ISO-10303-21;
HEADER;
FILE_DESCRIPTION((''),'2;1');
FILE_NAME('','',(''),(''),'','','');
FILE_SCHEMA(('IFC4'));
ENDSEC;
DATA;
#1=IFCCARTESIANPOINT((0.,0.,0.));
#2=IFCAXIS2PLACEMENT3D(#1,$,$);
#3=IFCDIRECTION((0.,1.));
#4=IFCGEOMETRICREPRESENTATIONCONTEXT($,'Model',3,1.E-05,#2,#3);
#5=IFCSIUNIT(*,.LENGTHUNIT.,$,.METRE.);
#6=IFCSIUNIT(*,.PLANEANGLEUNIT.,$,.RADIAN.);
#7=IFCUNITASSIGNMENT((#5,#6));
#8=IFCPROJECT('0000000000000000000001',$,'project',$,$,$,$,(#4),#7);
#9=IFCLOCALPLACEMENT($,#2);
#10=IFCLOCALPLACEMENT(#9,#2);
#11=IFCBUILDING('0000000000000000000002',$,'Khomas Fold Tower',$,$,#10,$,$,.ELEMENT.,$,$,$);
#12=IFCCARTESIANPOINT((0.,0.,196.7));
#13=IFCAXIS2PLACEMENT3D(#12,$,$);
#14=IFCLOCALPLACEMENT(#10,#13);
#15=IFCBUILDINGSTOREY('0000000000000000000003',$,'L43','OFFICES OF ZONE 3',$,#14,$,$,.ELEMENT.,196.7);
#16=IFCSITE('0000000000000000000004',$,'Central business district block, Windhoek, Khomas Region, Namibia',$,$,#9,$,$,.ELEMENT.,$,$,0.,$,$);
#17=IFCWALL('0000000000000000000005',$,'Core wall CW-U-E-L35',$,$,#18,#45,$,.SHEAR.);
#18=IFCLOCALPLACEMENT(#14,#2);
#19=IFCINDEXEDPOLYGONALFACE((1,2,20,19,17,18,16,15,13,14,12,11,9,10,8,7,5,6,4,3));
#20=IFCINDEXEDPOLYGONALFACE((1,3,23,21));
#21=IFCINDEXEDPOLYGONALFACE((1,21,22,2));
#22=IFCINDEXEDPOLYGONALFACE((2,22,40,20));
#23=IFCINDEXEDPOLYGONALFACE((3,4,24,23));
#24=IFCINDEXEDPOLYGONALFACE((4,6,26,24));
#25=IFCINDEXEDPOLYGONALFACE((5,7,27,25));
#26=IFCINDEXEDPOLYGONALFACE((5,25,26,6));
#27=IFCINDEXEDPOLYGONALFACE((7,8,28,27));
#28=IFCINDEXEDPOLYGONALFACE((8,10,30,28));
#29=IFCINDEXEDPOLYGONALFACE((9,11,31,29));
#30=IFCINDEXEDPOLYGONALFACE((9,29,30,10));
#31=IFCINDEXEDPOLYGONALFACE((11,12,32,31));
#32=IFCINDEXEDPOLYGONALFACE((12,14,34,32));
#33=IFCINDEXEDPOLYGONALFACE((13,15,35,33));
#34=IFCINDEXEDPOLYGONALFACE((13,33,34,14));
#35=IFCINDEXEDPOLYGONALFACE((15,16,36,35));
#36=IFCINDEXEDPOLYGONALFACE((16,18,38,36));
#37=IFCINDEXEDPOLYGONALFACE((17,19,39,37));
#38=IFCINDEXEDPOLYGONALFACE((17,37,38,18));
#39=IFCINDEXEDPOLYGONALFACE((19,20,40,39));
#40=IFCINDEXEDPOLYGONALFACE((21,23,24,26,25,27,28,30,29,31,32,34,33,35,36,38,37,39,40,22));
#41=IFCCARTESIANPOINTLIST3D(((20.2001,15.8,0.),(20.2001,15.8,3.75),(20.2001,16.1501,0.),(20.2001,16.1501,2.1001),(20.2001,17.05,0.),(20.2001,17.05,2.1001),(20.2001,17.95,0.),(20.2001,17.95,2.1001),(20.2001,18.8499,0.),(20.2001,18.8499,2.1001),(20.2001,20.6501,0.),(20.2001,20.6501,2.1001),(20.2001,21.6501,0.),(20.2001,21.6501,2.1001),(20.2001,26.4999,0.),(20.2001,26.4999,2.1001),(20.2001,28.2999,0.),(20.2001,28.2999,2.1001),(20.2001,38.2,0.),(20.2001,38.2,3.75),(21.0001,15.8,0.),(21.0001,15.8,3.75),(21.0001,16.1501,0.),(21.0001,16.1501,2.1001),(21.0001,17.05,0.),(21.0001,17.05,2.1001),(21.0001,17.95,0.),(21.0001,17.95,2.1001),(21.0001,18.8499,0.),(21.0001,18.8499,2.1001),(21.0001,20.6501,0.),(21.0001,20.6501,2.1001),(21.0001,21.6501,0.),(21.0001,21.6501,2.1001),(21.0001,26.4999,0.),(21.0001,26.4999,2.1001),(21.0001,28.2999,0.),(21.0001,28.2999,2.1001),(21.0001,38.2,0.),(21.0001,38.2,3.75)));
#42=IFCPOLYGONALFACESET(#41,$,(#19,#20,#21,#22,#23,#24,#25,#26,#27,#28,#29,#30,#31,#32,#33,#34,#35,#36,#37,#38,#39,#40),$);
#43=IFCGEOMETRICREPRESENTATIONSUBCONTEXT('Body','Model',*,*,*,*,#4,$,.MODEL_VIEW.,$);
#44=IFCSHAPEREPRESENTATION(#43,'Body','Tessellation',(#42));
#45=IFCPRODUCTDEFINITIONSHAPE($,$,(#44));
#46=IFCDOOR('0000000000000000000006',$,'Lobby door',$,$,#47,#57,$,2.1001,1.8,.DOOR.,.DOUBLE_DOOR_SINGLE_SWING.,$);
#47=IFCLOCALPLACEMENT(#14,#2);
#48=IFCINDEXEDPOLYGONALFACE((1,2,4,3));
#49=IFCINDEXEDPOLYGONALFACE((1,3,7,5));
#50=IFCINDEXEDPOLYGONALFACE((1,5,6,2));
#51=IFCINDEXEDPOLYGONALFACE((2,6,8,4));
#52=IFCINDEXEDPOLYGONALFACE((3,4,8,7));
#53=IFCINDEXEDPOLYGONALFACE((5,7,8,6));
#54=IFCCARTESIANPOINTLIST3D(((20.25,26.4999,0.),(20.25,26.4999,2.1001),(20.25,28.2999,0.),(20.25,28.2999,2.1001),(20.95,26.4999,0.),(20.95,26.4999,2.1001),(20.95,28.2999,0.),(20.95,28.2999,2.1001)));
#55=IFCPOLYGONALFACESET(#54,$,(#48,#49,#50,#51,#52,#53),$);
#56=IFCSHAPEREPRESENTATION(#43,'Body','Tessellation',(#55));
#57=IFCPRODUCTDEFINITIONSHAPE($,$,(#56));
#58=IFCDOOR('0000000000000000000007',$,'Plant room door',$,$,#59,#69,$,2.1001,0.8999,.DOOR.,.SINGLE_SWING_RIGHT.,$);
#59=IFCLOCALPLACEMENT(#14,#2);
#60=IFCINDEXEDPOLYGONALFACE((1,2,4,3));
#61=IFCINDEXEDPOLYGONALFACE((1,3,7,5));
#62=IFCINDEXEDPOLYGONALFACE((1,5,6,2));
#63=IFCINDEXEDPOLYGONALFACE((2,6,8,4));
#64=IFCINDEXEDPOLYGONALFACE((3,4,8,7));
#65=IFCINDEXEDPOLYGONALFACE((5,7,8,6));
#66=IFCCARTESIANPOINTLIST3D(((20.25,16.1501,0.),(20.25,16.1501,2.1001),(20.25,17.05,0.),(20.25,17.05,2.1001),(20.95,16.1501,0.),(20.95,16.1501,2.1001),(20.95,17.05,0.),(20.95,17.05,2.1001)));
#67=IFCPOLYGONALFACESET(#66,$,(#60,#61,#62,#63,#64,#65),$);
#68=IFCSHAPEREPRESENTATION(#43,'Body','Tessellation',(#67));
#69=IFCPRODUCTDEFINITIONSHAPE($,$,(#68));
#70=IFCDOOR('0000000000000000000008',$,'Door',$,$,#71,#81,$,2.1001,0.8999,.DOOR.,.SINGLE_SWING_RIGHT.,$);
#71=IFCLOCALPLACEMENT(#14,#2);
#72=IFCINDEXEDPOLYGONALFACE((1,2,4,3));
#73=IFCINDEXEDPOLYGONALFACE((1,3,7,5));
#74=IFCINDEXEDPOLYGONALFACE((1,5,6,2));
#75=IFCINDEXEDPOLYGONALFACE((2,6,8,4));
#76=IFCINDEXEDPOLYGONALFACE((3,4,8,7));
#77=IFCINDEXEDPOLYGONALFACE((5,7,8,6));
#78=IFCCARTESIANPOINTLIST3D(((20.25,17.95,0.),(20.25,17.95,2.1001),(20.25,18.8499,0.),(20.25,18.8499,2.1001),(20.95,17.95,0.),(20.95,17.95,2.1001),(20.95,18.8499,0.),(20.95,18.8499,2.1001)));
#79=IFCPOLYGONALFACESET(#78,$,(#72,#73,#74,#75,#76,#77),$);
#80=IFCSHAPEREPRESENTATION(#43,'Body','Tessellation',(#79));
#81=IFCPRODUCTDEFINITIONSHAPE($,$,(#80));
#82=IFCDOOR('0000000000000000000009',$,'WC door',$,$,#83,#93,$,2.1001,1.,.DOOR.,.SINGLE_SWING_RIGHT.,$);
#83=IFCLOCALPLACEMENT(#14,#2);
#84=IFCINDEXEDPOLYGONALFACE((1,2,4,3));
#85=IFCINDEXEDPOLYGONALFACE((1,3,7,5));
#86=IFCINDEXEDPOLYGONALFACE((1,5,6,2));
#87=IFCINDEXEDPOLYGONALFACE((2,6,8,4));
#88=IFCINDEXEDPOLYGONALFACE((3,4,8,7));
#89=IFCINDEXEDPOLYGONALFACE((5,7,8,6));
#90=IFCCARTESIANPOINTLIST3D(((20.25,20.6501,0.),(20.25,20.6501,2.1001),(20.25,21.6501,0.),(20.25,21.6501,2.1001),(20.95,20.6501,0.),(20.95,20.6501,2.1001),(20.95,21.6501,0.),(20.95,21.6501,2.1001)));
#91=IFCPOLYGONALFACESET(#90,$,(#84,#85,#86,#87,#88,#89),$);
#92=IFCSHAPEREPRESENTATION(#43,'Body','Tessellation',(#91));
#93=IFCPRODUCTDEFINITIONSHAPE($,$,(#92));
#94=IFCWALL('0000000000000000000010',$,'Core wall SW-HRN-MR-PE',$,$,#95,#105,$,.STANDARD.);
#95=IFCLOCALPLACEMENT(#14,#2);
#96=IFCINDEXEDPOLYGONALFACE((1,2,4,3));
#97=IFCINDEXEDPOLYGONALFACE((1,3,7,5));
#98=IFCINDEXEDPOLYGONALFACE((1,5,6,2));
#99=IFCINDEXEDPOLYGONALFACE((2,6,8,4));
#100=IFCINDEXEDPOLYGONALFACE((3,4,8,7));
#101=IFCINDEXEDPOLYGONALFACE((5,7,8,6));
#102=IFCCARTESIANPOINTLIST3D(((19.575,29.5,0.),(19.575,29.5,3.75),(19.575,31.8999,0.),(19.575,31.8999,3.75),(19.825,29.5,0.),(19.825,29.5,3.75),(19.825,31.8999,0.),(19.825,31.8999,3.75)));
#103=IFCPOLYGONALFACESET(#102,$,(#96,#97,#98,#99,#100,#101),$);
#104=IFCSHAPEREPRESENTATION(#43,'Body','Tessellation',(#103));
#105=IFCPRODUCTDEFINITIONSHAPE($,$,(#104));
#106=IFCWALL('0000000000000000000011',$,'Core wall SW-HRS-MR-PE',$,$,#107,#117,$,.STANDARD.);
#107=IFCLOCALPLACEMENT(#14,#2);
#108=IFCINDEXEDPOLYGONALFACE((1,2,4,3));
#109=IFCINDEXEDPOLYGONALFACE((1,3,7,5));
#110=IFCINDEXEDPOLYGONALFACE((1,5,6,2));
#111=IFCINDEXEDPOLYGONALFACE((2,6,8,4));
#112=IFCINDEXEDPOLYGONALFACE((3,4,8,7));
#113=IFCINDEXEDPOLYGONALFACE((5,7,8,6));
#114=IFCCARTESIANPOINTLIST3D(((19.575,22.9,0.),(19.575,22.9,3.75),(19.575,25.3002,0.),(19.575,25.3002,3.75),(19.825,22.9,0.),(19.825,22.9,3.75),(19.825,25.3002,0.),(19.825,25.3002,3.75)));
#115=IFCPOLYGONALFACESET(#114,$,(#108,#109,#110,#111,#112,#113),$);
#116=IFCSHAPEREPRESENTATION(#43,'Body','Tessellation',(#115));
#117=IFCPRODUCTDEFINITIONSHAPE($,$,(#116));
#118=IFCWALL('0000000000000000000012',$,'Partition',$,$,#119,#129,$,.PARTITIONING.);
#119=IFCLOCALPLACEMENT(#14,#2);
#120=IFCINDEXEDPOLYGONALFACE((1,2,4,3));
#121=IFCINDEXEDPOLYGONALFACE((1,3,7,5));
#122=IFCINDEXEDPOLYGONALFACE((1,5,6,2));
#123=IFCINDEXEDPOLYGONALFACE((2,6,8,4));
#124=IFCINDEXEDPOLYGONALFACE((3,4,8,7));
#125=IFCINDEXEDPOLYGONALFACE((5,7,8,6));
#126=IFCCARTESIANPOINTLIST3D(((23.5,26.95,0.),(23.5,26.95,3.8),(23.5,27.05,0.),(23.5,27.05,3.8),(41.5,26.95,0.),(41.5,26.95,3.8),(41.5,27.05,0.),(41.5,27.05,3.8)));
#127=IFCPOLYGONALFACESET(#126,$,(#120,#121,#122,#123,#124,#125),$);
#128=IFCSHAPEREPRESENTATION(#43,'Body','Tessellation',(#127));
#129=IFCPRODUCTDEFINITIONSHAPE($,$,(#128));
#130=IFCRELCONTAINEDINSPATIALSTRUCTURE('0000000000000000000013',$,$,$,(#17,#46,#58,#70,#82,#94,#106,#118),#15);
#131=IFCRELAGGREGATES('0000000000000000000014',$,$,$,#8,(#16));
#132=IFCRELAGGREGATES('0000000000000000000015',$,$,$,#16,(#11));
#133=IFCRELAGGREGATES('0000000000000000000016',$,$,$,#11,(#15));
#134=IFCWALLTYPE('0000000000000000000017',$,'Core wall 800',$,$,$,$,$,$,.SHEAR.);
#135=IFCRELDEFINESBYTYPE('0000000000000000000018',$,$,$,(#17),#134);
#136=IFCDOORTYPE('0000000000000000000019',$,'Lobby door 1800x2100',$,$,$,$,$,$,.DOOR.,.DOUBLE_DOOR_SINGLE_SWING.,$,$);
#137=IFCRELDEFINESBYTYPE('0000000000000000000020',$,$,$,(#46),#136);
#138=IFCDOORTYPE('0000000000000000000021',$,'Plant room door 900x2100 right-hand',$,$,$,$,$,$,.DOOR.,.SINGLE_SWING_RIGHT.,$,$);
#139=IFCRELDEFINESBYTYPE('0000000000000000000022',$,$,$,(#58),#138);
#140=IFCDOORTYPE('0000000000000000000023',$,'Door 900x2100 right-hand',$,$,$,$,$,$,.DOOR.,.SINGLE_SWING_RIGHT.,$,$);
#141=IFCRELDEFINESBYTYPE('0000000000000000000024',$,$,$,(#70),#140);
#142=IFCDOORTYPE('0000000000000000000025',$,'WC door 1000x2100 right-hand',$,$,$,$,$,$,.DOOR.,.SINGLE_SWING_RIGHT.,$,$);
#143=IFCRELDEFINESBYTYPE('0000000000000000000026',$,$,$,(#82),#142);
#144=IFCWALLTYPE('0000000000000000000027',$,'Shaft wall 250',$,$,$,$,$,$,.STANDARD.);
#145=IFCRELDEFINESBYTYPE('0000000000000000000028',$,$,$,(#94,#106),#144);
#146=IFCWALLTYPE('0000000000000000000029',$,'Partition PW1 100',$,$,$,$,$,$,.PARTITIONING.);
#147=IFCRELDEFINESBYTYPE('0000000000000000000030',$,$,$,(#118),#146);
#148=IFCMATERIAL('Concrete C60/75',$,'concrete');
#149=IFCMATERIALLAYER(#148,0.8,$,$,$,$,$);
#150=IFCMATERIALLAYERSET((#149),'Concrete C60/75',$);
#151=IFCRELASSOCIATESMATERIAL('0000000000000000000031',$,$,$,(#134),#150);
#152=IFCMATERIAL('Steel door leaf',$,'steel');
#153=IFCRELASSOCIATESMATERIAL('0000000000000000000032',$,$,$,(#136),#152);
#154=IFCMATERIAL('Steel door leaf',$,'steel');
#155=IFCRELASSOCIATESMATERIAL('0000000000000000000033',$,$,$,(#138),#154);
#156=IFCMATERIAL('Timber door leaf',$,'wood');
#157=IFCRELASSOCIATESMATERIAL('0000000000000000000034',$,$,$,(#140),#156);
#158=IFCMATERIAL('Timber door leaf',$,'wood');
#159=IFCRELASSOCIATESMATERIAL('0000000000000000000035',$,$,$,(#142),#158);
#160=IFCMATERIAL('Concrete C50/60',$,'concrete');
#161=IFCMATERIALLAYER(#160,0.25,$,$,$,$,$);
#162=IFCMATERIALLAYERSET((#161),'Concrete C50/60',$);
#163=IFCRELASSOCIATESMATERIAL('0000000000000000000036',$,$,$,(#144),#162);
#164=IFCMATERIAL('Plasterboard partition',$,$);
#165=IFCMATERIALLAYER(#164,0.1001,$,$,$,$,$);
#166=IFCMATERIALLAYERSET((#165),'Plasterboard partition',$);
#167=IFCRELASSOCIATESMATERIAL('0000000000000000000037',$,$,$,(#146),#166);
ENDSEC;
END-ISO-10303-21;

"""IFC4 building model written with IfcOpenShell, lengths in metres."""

from ifc_helpers import new_model, si_unit, direction, frame, frame_2d, origin, place, context, subcontext, project, spatial, rectangle, extrude, source, transform, mapped, material, layer, layer_set, type_object, element, fill, save


model = new_model("IFC4")

# Units and contexts
model_context = context("Model", 3, precision=1e-05, world=origin(), true_north=direction((0.0, 1.0)))
body_context = subcontext(model_context, "Body", "Model", "MODEL_VIEW")
ifc_project = project(units=[si_unit("LENGTHUNIT", "METRE"), si_unit("PLANEANGLEUNIT", "RADIAN")], contexts=[model_context])

# Site, building, storey
site_placement = place(None, origin())
site = spatial("IfcSite", under=ifc_project, at=site_placement, Name="Central business district block, Windhoek, Khomas Region, Namibia", CompositionType="ELEMENT", RefElevation=0.0)
building_placement = place(site_placement, origin())
building = spatial("IfcBuilding", under=site, at=building_placement, Name="Khomas Fold Tower", CompositionType="ELEMENT")
storey_placement = place(building_placement, frame((0.0, 0.0, 196.7)))
storey = spatial("IfcBuildingStorey", under=building, at=storey_placement, Name="L43", Description="OFFICES OF ZONE 3", CompositionType="ELEMENT", Elevation=196.7)

# Wall, openings, doors
ifc_material_1 = material(Name="Concrete C60/75", Category="concrete")
ifc_layer_1 = layer(ifc_material_1, 0.8)
ifc_layer_set_1 = layer_set([ifc_layer_1], Name="Concrete C60/75")
wall_type_1 = type_object("IfcWallType", Name="Core wall 800", PredefinedType="SHEAR", material=ifc_layer_set_1)
shared_shape_1 = source(origin(), body_context, "Body", "SweptSolid", [
    extrude(rectangle(XDim=22.3999, YDim=0.8, at=frame_2d((11.2, 0.0))), origin(), (0.0, 0.0, 1.0), 3.75),
])
wall_1_placement = place(storey_placement, frame((20.6001, 15.8, 0.0), z_axis=(0.0, 0.0, 1.0), x_axis=(0.0, 1.0, 0.0)))
wall_1 = element("IfcWall", 1, at=wall_1_placement, inside=storey, type_object=wall_type_1, Name="Core wall CW-U-E-L35", PredefinedType="SHEAR", context=body_context, shape_type="MappedRepresentation", body=[
    mapped(shared_shape_1, transform((0.0, 0.0, 0.0))),
])
shared_shape_2 = source(origin(), body_context, "Body", "SweptSolid", [
    extrude(rectangle(XDim=1.8, YDim=2.1001, at=frame_2d((0.8999, 1.05))), frame((0.0, 0.4099, 0.0), z_axis=(0.0, -1.0, 0.0), x_axis=(1.0, 0.0, 0.0)), (0.0, 0.0, 1.0), 0.8201),
])
opening_1_placement = place(wall_1_placement, frame((10.7, 0.0, 0.0)))
opening_1 = element("IfcOpeningElement", 2, at=opening_1_placement, cuts=wall_1, PredefinedType="OPENING", context=body_context, shape_type="MappedRepresentation", body=[
    mapped(shared_shape_2, transform((0.0, 0.0, 0.0))),
])
shared_shape_3 = source(origin(), body_context, "Body", "SweptSolid", [
    extrude(rectangle(XDim=0.8999, YDim=2.1001, at=frame_2d((0.45, 1.05))), frame((0.0, 0.4099, 0.0), z_axis=(0.0, -1.0, 0.0), x_axis=(1.0, 0.0, 0.0)), (0.0, 0.0, 1.0), 0.8201),
])
opening_2_placement = place(wall_1_placement, frame((0.3501, 0.0, 0.0)))
opening_2 = element("IfcOpeningElement", 3, at=opening_2_placement, cuts=wall_1, PredefinedType="OPENING", context=body_context, shape_type="MappedRepresentation", body=[
    mapped(shared_shape_3, transform((0.0, 0.0, 0.0))),
])
opening_3_placement = place(wall_1_placement, frame((2.1499, 0.0, 0.0)))
opening_3 = element("IfcOpeningElement", 4, at=opening_3_placement, cuts=wall_1, PredefinedType="OPENING", context=body_context, shape_type="MappedRepresentation", body=[
    mapped(shared_shape_3, transform((0.0, 0.0, 0.0))),
])
shared_shape_4 = source(origin(), body_context, "Body", "SweptSolid", [
    extrude(rectangle(XDim=1.0, YDim=2.1001, at=frame_2d((0.5, 1.05))), frame((0.0, 0.4099, 0.0), z_axis=(0.0, -1.0, 0.0), x_axis=(1.0, 0.0, 0.0)), (0.0, 0.0, 1.0), 0.8201),
])
opening_4_placement = place(wall_1_placement, frame((4.8501, 0.0, 0.0)))
opening_4 = element("IfcOpeningElement", 5, at=opening_4_placement, cuts=wall_1, PredefinedType="OPENING", context=body_context, shape_type="MappedRepresentation", body=[
    mapped(shared_shape_4, transform((0.0, 0.0, 0.0))),
])
ifc_material_2 = material(Name="Steel door leaf", Category="steel")
door_type_1 = type_object("IfcDoorType", Name="Lobby door 1800x2100", OperationType="DOUBLE_DOOR_SINGLE_SWING", PredefinedType="DOOR", material=ifc_material_2)
shared_shape_5 = source(origin(), body_context, "Body", "SweptSolid", [
    extrude(rectangle(XDim=1.8, YDim=2.1001, at=frame_2d((0.8999, 1.05))), frame((0.0, 0.3501, 0.0), z_axis=(0.0, -1.0, 0.0), x_axis=(1.0, 0.0, 0.0)), (0.0, 0.0, 1.0), 0.7),
])
door_1_placement = place(opening_1_placement, origin())
door_1 = element("IfcDoor", 6, at=door_1_placement, inside=storey, type_object=door_type_1, Name="Lobby door", OperationType="DOUBLE_DOOR_SINGLE_SWING", OverallHeight=2.1001, OverallWidth=1.8, PredefinedType="DOOR", context=body_context, shape_type="MappedRepresentation", body=[
    mapped(shared_shape_5, transform((0.0, 0.0, 0.0))),
])
fill(opening_1, door_1)
ifc_material_3 = material(Name="Steel door leaf", Category="steel")
door_type_2 = type_object("IfcDoorType", Name="Plant room door 900x2100 right-hand", OperationType="SINGLE_SWING_RIGHT", PredefinedType="DOOR", material=ifc_material_3)
shared_shape_6 = source(origin(), body_context, "Body", "SweptSolid", [
    extrude(rectangle(XDim=0.8999, YDim=2.1001, at=frame_2d((0.45, 1.05))), frame((0.0, 0.3501, 0.0), z_axis=(0.0, -1.0, 0.0), x_axis=(1.0, 0.0, 0.0)), (0.0, 0.0, 1.0), 0.7),
])
door_2_placement = place(opening_2_placement, origin())
door_2 = element("IfcDoor", 7, at=door_2_placement, inside=storey, type_object=door_type_2, Name="Plant room door", OperationType="SINGLE_SWING_RIGHT", OverallHeight=2.1001, OverallWidth=0.8999, PredefinedType="DOOR", context=body_context, shape_type="MappedRepresentation", body=[
    mapped(shared_shape_6, transform((0.0, 0.0, 0.0))),
])
fill(opening_2, door_2)
ifc_material_4 = material(Name="Timber door leaf", Category="wood")
door_type_3 = type_object("IfcDoorType", Name="Door 900x2100 right-hand", OperationType="SINGLE_SWING_RIGHT", PredefinedType="DOOR", material=ifc_material_4)
door_3_placement = place(opening_3_placement, origin())
door_3 = element("IfcDoor", 8, at=door_3_placement, inside=storey, type_object=door_type_3, Name="Door", OperationType="SINGLE_SWING_RIGHT", OverallHeight=2.1001, OverallWidth=0.8999, PredefinedType="DOOR", context=body_context, shape_type="MappedRepresentation", body=[
    mapped(shared_shape_6, transform((0.0, 0.0, 0.0))),
])
fill(opening_3, door_3)
ifc_material_5 = material(Name="Timber door leaf", Category="wood")
door_type_4 = type_object("IfcDoorType", Name="WC door 1000x2100 right-hand", OperationType="SINGLE_SWING_RIGHT", PredefinedType="DOOR", material=ifc_material_5)
shared_shape_7 = source(origin(), body_context, "Body", "SweptSolid", [
    extrude(rectangle(XDim=1.0, YDim=2.1001, at=frame_2d((0.5, 1.05))), frame((0.0, 0.3501, 0.0), z_axis=(0.0, -1.0, 0.0), x_axis=(1.0, 0.0, 0.0)), (0.0, 0.0, 1.0), 0.7),
])
door_4_placement = place(opening_4_placement, origin())
door_4 = element("IfcDoor", 9, at=door_4_placement, inside=storey, type_object=door_type_4, Name="WC door", OperationType="SINGLE_SWING_RIGHT", OverallHeight=2.1001, OverallWidth=1.0, PredefinedType="DOOR", context=body_context, shape_type="MappedRepresentation", body=[
    mapped(shared_shape_7, transform((0.0, 0.0, 0.0))),
])
fill(opening_4, door_4)

# Walls
ifc_material_6 = material(Name="Concrete C50/60", Category="concrete")
ifc_layer_2 = layer(ifc_material_6, 0.25)
ifc_layer_set_2 = layer_set([ifc_layer_2], Name="Concrete C50/60")
wall_type_2 = type_object("IfcWallType", Name="Shaft wall 250", PredefinedType="STANDARD", material=ifc_layer_set_2)
shared_shape_8 = source(origin(), body_context, "Body", "SweptSolid", [
    extrude(rectangle(XDim=2.3999, YDim=0.25, at=frame_2d((1.2, 0.0))), origin(), (0.0, 0.0, 1.0), 3.75),
])
wall_2_placement = place(storey_placement, frame((19.7, 29.5, 0.0), z_axis=(0.0, 0.0, 1.0), x_axis=(0.0, 1.0, 0.0)))
element("IfcWall", 10, at=wall_2_placement, inside=storey, type_object=wall_type_2, Name="Core wall SW-HRN-MR-PE", PredefinedType="STANDARD", context=body_context, shape_type="MappedRepresentation", body=[
    mapped(shared_shape_8, transform((0.0, 0.0, 0.0))),
])
shared_shape_9 = source(origin(), body_context, "Body", "SweptSolid", [
    extrude(rectangle(XDim=2.4001, YDim=0.25, at=frame_2d((1.2002, 0.0))), origin(), (0.0, 0.0, 1.0), 3.75),
])
wall_3_placement = place(storey_placement, frame((19.7, 22.8999, 0.0), z_axis=(0.0, 0.0, 1.0), x_axis=(0.0, 1.0, 0.0)))
element("IfcWall", 11, at=wall_3_placement, inside=storey, type_object=wall_type_2, Name="Core wall SW-HRS-MR-PE", PredefinedType="STANDARD", context=body_context, shape_type="MappedRepresentation", body=[
    mapped(shared_shape_9, transform((0.0, 0.0, 0.0))),
])
ifc_material_7 = material(Name="Plasterboard partition")
ifc_layer_3 = layer(ifc_material_7, 0.1001)
ifc_layer_set_3 = layer_set([ifc_layer_3], Name="Plasterboard partition")
wall_type_3 = type_object("IfcWallType", Name="Partition PW1 100", PredefinedType="PARTITIONING", material=ifc_layer_set_3)
shared_shape_10 = source(origin(), body_context, "Body", "SweptSolid", [
    extrude(rectangle(XDim=18.0, YDim=0.1001, at=frame_2d((9.0, 0.0))), origin(), (0.0, 0.0, 1.0), 3.8),
])
wall_4_placement = place(storey_placement, frame((23.5, 27.0, 0.0), z_axis=(0.0, 0.0, 1.0), x_axis=(1.0, 0.0, 0.0)))
element("IfcWall", 12, at=wall_4_placement, inside=storey, type_object=wall_type_3, Name="Partition", PredefinedType="PARTITIONING", context=body_context, shape_type="MappedRepresentation", body=[
    mapped(shared_shape_10, transform((0.0, 0.0, 0.0))),
])

save(model, "model.ifc")
